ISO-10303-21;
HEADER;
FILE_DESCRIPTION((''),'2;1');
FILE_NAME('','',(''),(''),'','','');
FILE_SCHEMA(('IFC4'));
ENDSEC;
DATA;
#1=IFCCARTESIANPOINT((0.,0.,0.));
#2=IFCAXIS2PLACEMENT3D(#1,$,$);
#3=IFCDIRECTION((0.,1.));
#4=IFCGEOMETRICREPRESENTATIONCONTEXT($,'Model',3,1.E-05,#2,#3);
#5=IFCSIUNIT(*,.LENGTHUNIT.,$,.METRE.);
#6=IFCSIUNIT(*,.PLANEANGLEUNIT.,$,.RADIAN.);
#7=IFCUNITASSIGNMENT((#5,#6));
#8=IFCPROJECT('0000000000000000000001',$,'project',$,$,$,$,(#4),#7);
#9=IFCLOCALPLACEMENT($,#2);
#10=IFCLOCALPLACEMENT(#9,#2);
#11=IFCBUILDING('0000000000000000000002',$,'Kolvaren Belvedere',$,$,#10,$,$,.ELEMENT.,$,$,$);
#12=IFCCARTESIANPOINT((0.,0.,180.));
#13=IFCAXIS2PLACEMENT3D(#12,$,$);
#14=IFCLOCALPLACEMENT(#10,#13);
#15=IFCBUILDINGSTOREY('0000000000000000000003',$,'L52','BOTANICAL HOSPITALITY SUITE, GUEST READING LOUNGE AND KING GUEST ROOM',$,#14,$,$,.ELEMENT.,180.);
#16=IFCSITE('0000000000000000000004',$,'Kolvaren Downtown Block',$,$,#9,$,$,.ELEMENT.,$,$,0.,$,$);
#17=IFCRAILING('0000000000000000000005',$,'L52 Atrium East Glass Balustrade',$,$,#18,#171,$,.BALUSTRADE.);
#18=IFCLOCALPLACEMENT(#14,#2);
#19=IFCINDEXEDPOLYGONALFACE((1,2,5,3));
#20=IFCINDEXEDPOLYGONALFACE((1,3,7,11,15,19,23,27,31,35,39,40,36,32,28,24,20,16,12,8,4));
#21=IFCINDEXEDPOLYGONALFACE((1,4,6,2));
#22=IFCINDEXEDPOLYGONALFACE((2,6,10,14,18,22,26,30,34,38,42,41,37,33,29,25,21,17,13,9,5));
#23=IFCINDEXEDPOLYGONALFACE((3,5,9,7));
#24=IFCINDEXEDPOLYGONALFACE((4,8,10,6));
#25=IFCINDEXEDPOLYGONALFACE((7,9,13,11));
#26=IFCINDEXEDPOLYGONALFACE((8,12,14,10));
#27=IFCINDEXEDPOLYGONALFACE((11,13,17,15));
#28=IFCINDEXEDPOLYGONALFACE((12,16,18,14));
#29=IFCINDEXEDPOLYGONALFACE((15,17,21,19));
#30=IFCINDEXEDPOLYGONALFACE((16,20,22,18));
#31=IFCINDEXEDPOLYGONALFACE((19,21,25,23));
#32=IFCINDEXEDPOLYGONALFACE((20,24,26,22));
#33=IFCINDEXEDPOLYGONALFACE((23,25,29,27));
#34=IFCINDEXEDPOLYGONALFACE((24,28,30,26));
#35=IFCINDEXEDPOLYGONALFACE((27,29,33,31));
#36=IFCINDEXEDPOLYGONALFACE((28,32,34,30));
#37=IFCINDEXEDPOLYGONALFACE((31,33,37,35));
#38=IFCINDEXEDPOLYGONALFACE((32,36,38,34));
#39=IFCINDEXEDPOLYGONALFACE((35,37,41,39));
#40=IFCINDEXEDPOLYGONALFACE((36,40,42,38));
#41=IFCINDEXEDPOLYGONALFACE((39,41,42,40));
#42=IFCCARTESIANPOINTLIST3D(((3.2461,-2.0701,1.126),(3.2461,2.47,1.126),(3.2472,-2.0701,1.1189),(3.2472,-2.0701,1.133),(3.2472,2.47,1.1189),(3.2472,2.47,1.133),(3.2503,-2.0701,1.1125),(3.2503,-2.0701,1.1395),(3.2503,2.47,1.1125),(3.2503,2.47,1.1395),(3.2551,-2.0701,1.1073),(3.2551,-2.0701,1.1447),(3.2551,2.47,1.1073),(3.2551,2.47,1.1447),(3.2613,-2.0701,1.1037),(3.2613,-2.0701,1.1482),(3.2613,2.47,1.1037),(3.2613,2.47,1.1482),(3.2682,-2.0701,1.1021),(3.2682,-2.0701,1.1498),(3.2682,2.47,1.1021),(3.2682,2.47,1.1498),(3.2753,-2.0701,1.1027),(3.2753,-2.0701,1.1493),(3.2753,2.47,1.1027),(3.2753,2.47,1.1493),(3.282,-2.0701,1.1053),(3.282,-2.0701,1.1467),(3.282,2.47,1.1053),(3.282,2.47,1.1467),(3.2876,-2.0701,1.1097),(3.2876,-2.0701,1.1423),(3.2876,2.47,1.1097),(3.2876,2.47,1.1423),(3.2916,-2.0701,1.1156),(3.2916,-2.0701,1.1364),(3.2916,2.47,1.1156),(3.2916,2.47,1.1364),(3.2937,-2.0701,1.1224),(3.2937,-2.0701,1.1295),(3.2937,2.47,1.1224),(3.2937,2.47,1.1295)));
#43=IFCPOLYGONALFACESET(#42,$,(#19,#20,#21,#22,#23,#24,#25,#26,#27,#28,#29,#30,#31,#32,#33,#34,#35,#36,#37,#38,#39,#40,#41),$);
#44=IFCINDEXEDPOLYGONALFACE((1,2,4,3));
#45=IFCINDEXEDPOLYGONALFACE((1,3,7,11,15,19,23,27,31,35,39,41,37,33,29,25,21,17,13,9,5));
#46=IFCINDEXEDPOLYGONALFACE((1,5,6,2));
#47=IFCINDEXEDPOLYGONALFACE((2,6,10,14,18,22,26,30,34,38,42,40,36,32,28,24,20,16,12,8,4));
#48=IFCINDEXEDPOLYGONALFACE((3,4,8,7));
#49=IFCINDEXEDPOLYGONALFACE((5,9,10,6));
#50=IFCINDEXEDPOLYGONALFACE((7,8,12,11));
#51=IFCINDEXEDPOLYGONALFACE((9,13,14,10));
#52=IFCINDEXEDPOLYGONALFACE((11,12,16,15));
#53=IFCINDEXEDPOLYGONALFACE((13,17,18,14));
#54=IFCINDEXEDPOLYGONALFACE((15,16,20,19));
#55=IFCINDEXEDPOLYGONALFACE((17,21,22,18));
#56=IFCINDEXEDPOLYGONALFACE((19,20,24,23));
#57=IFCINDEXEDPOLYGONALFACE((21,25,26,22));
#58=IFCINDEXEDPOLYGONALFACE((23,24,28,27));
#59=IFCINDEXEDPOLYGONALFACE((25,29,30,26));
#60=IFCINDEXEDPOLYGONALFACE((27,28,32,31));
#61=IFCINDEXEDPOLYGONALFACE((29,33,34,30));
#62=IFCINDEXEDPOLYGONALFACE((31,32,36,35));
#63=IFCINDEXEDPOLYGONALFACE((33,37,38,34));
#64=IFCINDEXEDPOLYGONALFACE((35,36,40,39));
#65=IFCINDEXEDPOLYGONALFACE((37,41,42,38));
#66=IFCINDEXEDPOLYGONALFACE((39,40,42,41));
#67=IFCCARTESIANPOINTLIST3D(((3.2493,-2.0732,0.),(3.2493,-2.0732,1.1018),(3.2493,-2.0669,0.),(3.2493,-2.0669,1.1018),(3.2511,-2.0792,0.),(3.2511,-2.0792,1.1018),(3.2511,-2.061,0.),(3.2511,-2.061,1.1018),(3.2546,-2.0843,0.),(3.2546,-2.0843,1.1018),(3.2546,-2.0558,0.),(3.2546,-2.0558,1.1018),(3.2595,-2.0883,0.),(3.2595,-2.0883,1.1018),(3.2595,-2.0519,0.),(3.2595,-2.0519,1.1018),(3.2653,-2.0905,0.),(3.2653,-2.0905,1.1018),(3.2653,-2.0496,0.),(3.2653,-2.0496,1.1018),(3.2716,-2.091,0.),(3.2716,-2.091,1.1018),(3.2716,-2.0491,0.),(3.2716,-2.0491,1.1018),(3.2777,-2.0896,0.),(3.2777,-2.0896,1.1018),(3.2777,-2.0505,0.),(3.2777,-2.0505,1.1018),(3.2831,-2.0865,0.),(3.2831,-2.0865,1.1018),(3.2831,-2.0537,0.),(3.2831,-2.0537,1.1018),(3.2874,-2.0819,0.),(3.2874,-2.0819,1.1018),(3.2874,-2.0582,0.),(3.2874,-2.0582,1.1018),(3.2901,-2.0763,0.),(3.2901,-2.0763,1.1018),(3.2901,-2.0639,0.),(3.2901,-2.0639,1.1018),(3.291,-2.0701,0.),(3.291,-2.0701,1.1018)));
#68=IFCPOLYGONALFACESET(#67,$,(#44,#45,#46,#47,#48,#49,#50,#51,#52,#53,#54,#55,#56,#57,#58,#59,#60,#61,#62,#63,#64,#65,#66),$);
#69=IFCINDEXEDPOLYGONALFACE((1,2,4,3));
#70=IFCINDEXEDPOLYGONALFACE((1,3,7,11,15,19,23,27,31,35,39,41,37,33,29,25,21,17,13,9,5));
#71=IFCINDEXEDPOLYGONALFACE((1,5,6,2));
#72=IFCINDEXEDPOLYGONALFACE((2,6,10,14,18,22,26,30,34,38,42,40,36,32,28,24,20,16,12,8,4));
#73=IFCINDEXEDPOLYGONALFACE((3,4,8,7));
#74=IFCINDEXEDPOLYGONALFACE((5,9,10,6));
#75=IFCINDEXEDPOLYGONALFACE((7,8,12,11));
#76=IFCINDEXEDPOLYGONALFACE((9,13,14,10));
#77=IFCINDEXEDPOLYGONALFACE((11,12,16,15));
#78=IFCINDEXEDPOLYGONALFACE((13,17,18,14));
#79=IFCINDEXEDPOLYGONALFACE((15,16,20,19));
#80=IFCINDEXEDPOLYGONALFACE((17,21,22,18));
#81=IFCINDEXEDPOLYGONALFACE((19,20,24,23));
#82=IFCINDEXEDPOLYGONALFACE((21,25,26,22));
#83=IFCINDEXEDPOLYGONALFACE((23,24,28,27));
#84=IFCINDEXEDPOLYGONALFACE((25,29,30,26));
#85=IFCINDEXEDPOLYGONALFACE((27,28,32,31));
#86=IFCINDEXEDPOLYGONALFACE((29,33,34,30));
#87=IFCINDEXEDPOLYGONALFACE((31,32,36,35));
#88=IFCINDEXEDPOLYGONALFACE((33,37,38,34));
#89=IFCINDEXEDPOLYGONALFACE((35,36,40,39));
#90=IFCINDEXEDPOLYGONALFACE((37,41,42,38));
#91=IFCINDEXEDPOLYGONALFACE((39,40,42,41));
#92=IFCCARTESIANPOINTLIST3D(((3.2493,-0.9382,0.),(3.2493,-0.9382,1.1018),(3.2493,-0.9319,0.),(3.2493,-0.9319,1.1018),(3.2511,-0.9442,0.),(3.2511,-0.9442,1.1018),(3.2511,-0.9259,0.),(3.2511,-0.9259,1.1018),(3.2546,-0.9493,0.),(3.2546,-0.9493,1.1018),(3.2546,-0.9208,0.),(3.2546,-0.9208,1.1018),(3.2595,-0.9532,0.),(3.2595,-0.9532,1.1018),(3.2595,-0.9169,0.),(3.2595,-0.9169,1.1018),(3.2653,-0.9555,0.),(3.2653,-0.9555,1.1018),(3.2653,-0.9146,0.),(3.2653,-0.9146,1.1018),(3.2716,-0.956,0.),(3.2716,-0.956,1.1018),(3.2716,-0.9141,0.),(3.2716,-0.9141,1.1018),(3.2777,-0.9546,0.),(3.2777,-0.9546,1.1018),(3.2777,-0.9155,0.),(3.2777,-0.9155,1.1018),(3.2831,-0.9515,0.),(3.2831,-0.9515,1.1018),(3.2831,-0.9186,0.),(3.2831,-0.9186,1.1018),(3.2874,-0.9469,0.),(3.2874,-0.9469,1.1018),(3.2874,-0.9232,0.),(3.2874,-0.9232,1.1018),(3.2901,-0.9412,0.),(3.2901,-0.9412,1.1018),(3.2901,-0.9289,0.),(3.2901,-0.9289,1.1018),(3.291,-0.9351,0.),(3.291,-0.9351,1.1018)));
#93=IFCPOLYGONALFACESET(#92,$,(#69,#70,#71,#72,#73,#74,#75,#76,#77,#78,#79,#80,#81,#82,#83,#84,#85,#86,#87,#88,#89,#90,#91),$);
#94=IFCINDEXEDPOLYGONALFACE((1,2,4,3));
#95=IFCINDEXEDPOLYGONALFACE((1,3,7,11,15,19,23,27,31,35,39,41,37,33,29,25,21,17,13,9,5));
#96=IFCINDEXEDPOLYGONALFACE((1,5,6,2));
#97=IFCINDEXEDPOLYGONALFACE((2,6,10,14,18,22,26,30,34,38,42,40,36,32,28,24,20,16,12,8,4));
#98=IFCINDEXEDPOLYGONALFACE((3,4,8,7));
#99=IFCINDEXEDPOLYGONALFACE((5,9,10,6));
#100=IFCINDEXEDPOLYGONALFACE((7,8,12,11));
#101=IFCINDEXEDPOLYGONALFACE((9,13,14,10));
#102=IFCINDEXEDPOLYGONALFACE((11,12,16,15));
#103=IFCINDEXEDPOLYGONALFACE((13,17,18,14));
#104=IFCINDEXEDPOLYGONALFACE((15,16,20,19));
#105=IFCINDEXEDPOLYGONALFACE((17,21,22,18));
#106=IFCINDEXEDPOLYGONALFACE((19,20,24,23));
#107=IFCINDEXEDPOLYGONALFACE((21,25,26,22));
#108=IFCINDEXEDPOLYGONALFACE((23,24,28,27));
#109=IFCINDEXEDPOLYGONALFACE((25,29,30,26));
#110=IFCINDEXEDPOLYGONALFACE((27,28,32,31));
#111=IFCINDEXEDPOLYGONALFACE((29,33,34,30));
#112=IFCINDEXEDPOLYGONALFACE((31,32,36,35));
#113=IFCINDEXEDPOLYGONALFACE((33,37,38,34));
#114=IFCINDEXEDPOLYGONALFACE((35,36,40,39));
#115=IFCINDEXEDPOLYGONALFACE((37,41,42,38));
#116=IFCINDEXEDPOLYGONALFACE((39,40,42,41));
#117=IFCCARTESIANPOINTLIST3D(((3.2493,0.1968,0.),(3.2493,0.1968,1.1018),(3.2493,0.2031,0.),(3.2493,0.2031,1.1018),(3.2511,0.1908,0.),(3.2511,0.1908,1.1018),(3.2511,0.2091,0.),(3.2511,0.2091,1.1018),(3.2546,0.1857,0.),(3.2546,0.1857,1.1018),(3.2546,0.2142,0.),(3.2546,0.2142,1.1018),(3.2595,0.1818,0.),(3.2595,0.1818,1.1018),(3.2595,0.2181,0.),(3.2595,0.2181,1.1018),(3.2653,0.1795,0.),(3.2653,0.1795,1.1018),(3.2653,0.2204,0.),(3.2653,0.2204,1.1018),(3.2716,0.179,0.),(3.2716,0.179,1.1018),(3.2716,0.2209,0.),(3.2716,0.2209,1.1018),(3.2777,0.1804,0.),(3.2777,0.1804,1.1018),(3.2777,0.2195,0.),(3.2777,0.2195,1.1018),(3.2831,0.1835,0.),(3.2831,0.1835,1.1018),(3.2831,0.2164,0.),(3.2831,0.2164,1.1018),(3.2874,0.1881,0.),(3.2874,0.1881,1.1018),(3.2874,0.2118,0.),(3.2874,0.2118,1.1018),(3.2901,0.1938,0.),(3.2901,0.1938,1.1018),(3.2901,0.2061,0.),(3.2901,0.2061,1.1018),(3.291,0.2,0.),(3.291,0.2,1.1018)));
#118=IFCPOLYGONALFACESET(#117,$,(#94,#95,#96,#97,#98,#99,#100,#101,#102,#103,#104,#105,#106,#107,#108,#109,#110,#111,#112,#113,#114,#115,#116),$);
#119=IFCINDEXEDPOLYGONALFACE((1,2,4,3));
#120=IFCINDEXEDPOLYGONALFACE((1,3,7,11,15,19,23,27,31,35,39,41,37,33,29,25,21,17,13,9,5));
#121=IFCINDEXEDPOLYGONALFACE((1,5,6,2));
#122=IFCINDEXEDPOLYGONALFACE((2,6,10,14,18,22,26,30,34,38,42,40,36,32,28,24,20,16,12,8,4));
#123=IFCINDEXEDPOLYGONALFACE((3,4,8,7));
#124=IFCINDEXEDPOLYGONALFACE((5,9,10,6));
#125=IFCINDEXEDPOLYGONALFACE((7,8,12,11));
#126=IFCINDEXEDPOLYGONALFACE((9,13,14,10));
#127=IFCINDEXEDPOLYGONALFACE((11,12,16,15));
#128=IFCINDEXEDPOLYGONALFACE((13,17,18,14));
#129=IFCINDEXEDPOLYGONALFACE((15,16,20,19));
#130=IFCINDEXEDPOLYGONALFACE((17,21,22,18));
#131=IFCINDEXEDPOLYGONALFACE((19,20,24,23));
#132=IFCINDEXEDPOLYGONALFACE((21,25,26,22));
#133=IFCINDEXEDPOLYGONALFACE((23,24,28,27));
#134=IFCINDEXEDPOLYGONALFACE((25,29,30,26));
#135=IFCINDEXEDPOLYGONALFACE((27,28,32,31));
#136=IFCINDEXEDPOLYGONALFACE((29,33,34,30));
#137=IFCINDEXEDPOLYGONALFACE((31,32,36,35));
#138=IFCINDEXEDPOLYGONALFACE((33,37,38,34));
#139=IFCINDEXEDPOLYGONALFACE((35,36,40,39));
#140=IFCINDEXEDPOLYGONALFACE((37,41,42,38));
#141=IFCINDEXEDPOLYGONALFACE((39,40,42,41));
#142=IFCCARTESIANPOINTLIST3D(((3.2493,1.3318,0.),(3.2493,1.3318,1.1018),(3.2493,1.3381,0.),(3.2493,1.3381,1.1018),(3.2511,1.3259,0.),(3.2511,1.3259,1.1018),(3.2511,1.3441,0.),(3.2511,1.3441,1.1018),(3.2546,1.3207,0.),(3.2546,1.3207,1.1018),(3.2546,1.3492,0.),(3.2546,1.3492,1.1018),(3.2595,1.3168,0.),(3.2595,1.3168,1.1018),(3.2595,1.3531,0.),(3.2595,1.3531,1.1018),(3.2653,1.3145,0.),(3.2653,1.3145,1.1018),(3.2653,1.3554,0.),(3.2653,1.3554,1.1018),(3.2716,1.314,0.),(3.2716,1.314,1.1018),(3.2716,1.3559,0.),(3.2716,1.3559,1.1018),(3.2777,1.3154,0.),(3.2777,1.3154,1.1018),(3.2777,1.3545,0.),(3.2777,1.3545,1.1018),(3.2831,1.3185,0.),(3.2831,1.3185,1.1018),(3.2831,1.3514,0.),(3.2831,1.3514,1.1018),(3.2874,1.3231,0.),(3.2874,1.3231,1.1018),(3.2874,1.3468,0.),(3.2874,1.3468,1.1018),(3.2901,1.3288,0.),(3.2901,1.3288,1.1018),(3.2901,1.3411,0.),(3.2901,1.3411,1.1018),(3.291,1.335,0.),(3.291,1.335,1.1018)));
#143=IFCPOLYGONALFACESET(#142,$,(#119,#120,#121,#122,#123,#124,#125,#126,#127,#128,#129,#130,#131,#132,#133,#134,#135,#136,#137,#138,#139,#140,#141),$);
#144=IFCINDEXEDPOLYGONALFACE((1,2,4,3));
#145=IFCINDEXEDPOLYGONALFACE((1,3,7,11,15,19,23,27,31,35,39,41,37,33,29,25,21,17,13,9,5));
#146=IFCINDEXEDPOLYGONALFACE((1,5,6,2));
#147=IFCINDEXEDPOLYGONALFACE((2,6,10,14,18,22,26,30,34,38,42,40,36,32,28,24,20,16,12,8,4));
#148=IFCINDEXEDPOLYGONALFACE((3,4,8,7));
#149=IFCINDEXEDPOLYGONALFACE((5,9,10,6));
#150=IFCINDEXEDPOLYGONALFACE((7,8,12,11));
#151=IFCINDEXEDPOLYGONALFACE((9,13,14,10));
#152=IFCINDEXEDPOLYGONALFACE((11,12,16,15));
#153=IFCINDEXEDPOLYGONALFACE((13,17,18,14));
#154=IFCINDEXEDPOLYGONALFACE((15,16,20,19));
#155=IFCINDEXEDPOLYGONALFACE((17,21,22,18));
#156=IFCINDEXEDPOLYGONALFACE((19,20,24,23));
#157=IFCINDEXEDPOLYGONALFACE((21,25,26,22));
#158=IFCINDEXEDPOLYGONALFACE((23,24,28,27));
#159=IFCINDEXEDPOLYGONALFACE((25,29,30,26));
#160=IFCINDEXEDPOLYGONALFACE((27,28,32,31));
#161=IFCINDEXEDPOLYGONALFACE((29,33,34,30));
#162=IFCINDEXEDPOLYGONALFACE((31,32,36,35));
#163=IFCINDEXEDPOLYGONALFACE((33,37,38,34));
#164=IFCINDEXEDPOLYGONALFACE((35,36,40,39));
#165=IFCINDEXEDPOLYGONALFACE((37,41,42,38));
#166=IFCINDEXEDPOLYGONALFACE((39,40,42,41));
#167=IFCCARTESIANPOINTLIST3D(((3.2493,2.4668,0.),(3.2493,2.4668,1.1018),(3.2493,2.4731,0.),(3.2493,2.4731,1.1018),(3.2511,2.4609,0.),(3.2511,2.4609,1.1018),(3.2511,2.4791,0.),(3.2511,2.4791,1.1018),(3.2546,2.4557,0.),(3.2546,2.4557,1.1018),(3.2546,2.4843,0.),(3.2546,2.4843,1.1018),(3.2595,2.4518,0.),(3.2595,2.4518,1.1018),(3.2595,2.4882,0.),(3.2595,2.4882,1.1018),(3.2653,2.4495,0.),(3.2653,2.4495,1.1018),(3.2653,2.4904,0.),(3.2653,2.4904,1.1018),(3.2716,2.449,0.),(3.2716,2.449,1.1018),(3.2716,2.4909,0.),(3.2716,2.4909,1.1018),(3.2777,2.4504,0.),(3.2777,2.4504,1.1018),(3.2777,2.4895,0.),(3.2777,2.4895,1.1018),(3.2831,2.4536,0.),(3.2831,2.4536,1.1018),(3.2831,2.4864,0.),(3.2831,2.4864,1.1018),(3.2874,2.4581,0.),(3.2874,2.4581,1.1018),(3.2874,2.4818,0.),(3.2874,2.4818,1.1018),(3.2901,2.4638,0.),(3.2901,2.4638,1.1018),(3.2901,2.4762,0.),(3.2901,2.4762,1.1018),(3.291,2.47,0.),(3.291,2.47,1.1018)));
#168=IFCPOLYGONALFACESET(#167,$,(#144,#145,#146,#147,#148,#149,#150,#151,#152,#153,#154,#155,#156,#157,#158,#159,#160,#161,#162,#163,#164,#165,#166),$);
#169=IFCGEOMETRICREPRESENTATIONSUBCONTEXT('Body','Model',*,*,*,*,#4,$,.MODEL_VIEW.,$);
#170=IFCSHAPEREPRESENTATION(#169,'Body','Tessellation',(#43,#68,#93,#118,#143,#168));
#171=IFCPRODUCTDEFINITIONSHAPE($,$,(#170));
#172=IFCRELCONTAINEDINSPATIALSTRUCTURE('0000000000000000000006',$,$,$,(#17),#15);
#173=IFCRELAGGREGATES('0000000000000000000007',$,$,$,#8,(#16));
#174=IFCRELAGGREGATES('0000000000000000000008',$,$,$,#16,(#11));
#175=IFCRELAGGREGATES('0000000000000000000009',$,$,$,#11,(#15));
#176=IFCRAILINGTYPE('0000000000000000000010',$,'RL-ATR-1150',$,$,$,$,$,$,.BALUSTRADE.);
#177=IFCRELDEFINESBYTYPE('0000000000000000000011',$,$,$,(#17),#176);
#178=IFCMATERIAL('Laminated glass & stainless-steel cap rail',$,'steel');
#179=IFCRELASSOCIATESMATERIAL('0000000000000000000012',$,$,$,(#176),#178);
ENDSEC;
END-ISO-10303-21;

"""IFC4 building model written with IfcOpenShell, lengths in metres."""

from ifc_helpers import new_model, si_unit, direction, frame, origin, origin_2d, place, context, subcontext, project, spatial, circle, extrude, material, type_object, element, save


model = new_model("IFC4")

# Units and contexts
model_context = context("Model", 3, precision=1e-05, world=origin(), true_north=direction((0.0, 1.0)))
body_context = subcontext(model_context, "Body", "Model", "MODEL_VIEW")
ifc_project = project(units=[si_unit("LENGTHUNIT", "METRE"), si_unit("PLANEANGLEUNIT", "RADIAN")], contexts=[model_context])

# Site, building, storey
site_placement = place(None, origin())
site = spatial("IfcSite", under=ifc_project, at=site_placement, Name="Kolvaren Downtown Block", CompositionType="ELEMENT", RefElevation=0.0)
building_placement = place(site_placement, origin())
building = spatial("IfcBuilding", under=site, at=building_placement, Name="Kolvaren Belvedere", CompositionType="ELEMENT")
storey_placement = place(building_placement, frame((0.0, 0.0, 180.0)))
storey = spatial("IfcBuildingStorey", under=building, at=storey_placement, Name="L52", Description="BOTANICAL HOSPITALITY SUITE, GUEST READING LOUNGE AND KING GUEST ROOM", CompositionType="ELEMENT", Elevation=180.0)

# Railing
ifc_material_1 = material(Name="Laminated glass & stainless-steel cap rail", Category="steel")
railing_type_1 = type_object("IfcRailingType", Name="RL-ATR-1150", PredefinedType="BALUSTRADE", material=ifc_material_1)
railing_1_placement = place(storey_placement, frame((3.27, -2.0701, 0.0)))
element("IfcRailing", 1, at=railing_1_placement, inside=storey, type_object=railing_type_1, Name="L52 Atrium East Glass Balustrade", PredefinedType="BALUSTRADE", context=body_context, shape_type="SweptSolid", body=[
    extrude(circle(Radius=0.0239, at=origin_2d()), frame((0.0, 0.0, 1.126), z_axis=(0.0, 1.0, 0.0), x_axis=(-1.0, 0.0, 0.0)), (0.0, 0.0, 1.0), 4.54),
    extrude(circle(Radius=0.021, at=origin_2d()), origin(), (0.0, 0.0, 1.0), 1.1018),
    extrude(circle(Radius=0.021, at=origin_2d()), frame((0.0, 1.135, 0.0)), (0.0, 0.0, 1.0), 1.1018),
    extrude(circle(Radius=0.021, at=origin_2d()), frame((0.0, 2.27, 0.0)), (0.0, 0.0, 1.0), 1.1018),
    extrude(circle(Radius=0.021, at=origin_2d()), frame((0.0, 3.405, 0.0)), (0.0, 0.0, 1.0), 1.1018),
    extrude(circle(Radius=0.021, at=origin_2d()), frame((0.0, 4.54, 0.0)), (0.0, 0.0, 1.0), 1.1018),
])

save(model, "model.ifc")
